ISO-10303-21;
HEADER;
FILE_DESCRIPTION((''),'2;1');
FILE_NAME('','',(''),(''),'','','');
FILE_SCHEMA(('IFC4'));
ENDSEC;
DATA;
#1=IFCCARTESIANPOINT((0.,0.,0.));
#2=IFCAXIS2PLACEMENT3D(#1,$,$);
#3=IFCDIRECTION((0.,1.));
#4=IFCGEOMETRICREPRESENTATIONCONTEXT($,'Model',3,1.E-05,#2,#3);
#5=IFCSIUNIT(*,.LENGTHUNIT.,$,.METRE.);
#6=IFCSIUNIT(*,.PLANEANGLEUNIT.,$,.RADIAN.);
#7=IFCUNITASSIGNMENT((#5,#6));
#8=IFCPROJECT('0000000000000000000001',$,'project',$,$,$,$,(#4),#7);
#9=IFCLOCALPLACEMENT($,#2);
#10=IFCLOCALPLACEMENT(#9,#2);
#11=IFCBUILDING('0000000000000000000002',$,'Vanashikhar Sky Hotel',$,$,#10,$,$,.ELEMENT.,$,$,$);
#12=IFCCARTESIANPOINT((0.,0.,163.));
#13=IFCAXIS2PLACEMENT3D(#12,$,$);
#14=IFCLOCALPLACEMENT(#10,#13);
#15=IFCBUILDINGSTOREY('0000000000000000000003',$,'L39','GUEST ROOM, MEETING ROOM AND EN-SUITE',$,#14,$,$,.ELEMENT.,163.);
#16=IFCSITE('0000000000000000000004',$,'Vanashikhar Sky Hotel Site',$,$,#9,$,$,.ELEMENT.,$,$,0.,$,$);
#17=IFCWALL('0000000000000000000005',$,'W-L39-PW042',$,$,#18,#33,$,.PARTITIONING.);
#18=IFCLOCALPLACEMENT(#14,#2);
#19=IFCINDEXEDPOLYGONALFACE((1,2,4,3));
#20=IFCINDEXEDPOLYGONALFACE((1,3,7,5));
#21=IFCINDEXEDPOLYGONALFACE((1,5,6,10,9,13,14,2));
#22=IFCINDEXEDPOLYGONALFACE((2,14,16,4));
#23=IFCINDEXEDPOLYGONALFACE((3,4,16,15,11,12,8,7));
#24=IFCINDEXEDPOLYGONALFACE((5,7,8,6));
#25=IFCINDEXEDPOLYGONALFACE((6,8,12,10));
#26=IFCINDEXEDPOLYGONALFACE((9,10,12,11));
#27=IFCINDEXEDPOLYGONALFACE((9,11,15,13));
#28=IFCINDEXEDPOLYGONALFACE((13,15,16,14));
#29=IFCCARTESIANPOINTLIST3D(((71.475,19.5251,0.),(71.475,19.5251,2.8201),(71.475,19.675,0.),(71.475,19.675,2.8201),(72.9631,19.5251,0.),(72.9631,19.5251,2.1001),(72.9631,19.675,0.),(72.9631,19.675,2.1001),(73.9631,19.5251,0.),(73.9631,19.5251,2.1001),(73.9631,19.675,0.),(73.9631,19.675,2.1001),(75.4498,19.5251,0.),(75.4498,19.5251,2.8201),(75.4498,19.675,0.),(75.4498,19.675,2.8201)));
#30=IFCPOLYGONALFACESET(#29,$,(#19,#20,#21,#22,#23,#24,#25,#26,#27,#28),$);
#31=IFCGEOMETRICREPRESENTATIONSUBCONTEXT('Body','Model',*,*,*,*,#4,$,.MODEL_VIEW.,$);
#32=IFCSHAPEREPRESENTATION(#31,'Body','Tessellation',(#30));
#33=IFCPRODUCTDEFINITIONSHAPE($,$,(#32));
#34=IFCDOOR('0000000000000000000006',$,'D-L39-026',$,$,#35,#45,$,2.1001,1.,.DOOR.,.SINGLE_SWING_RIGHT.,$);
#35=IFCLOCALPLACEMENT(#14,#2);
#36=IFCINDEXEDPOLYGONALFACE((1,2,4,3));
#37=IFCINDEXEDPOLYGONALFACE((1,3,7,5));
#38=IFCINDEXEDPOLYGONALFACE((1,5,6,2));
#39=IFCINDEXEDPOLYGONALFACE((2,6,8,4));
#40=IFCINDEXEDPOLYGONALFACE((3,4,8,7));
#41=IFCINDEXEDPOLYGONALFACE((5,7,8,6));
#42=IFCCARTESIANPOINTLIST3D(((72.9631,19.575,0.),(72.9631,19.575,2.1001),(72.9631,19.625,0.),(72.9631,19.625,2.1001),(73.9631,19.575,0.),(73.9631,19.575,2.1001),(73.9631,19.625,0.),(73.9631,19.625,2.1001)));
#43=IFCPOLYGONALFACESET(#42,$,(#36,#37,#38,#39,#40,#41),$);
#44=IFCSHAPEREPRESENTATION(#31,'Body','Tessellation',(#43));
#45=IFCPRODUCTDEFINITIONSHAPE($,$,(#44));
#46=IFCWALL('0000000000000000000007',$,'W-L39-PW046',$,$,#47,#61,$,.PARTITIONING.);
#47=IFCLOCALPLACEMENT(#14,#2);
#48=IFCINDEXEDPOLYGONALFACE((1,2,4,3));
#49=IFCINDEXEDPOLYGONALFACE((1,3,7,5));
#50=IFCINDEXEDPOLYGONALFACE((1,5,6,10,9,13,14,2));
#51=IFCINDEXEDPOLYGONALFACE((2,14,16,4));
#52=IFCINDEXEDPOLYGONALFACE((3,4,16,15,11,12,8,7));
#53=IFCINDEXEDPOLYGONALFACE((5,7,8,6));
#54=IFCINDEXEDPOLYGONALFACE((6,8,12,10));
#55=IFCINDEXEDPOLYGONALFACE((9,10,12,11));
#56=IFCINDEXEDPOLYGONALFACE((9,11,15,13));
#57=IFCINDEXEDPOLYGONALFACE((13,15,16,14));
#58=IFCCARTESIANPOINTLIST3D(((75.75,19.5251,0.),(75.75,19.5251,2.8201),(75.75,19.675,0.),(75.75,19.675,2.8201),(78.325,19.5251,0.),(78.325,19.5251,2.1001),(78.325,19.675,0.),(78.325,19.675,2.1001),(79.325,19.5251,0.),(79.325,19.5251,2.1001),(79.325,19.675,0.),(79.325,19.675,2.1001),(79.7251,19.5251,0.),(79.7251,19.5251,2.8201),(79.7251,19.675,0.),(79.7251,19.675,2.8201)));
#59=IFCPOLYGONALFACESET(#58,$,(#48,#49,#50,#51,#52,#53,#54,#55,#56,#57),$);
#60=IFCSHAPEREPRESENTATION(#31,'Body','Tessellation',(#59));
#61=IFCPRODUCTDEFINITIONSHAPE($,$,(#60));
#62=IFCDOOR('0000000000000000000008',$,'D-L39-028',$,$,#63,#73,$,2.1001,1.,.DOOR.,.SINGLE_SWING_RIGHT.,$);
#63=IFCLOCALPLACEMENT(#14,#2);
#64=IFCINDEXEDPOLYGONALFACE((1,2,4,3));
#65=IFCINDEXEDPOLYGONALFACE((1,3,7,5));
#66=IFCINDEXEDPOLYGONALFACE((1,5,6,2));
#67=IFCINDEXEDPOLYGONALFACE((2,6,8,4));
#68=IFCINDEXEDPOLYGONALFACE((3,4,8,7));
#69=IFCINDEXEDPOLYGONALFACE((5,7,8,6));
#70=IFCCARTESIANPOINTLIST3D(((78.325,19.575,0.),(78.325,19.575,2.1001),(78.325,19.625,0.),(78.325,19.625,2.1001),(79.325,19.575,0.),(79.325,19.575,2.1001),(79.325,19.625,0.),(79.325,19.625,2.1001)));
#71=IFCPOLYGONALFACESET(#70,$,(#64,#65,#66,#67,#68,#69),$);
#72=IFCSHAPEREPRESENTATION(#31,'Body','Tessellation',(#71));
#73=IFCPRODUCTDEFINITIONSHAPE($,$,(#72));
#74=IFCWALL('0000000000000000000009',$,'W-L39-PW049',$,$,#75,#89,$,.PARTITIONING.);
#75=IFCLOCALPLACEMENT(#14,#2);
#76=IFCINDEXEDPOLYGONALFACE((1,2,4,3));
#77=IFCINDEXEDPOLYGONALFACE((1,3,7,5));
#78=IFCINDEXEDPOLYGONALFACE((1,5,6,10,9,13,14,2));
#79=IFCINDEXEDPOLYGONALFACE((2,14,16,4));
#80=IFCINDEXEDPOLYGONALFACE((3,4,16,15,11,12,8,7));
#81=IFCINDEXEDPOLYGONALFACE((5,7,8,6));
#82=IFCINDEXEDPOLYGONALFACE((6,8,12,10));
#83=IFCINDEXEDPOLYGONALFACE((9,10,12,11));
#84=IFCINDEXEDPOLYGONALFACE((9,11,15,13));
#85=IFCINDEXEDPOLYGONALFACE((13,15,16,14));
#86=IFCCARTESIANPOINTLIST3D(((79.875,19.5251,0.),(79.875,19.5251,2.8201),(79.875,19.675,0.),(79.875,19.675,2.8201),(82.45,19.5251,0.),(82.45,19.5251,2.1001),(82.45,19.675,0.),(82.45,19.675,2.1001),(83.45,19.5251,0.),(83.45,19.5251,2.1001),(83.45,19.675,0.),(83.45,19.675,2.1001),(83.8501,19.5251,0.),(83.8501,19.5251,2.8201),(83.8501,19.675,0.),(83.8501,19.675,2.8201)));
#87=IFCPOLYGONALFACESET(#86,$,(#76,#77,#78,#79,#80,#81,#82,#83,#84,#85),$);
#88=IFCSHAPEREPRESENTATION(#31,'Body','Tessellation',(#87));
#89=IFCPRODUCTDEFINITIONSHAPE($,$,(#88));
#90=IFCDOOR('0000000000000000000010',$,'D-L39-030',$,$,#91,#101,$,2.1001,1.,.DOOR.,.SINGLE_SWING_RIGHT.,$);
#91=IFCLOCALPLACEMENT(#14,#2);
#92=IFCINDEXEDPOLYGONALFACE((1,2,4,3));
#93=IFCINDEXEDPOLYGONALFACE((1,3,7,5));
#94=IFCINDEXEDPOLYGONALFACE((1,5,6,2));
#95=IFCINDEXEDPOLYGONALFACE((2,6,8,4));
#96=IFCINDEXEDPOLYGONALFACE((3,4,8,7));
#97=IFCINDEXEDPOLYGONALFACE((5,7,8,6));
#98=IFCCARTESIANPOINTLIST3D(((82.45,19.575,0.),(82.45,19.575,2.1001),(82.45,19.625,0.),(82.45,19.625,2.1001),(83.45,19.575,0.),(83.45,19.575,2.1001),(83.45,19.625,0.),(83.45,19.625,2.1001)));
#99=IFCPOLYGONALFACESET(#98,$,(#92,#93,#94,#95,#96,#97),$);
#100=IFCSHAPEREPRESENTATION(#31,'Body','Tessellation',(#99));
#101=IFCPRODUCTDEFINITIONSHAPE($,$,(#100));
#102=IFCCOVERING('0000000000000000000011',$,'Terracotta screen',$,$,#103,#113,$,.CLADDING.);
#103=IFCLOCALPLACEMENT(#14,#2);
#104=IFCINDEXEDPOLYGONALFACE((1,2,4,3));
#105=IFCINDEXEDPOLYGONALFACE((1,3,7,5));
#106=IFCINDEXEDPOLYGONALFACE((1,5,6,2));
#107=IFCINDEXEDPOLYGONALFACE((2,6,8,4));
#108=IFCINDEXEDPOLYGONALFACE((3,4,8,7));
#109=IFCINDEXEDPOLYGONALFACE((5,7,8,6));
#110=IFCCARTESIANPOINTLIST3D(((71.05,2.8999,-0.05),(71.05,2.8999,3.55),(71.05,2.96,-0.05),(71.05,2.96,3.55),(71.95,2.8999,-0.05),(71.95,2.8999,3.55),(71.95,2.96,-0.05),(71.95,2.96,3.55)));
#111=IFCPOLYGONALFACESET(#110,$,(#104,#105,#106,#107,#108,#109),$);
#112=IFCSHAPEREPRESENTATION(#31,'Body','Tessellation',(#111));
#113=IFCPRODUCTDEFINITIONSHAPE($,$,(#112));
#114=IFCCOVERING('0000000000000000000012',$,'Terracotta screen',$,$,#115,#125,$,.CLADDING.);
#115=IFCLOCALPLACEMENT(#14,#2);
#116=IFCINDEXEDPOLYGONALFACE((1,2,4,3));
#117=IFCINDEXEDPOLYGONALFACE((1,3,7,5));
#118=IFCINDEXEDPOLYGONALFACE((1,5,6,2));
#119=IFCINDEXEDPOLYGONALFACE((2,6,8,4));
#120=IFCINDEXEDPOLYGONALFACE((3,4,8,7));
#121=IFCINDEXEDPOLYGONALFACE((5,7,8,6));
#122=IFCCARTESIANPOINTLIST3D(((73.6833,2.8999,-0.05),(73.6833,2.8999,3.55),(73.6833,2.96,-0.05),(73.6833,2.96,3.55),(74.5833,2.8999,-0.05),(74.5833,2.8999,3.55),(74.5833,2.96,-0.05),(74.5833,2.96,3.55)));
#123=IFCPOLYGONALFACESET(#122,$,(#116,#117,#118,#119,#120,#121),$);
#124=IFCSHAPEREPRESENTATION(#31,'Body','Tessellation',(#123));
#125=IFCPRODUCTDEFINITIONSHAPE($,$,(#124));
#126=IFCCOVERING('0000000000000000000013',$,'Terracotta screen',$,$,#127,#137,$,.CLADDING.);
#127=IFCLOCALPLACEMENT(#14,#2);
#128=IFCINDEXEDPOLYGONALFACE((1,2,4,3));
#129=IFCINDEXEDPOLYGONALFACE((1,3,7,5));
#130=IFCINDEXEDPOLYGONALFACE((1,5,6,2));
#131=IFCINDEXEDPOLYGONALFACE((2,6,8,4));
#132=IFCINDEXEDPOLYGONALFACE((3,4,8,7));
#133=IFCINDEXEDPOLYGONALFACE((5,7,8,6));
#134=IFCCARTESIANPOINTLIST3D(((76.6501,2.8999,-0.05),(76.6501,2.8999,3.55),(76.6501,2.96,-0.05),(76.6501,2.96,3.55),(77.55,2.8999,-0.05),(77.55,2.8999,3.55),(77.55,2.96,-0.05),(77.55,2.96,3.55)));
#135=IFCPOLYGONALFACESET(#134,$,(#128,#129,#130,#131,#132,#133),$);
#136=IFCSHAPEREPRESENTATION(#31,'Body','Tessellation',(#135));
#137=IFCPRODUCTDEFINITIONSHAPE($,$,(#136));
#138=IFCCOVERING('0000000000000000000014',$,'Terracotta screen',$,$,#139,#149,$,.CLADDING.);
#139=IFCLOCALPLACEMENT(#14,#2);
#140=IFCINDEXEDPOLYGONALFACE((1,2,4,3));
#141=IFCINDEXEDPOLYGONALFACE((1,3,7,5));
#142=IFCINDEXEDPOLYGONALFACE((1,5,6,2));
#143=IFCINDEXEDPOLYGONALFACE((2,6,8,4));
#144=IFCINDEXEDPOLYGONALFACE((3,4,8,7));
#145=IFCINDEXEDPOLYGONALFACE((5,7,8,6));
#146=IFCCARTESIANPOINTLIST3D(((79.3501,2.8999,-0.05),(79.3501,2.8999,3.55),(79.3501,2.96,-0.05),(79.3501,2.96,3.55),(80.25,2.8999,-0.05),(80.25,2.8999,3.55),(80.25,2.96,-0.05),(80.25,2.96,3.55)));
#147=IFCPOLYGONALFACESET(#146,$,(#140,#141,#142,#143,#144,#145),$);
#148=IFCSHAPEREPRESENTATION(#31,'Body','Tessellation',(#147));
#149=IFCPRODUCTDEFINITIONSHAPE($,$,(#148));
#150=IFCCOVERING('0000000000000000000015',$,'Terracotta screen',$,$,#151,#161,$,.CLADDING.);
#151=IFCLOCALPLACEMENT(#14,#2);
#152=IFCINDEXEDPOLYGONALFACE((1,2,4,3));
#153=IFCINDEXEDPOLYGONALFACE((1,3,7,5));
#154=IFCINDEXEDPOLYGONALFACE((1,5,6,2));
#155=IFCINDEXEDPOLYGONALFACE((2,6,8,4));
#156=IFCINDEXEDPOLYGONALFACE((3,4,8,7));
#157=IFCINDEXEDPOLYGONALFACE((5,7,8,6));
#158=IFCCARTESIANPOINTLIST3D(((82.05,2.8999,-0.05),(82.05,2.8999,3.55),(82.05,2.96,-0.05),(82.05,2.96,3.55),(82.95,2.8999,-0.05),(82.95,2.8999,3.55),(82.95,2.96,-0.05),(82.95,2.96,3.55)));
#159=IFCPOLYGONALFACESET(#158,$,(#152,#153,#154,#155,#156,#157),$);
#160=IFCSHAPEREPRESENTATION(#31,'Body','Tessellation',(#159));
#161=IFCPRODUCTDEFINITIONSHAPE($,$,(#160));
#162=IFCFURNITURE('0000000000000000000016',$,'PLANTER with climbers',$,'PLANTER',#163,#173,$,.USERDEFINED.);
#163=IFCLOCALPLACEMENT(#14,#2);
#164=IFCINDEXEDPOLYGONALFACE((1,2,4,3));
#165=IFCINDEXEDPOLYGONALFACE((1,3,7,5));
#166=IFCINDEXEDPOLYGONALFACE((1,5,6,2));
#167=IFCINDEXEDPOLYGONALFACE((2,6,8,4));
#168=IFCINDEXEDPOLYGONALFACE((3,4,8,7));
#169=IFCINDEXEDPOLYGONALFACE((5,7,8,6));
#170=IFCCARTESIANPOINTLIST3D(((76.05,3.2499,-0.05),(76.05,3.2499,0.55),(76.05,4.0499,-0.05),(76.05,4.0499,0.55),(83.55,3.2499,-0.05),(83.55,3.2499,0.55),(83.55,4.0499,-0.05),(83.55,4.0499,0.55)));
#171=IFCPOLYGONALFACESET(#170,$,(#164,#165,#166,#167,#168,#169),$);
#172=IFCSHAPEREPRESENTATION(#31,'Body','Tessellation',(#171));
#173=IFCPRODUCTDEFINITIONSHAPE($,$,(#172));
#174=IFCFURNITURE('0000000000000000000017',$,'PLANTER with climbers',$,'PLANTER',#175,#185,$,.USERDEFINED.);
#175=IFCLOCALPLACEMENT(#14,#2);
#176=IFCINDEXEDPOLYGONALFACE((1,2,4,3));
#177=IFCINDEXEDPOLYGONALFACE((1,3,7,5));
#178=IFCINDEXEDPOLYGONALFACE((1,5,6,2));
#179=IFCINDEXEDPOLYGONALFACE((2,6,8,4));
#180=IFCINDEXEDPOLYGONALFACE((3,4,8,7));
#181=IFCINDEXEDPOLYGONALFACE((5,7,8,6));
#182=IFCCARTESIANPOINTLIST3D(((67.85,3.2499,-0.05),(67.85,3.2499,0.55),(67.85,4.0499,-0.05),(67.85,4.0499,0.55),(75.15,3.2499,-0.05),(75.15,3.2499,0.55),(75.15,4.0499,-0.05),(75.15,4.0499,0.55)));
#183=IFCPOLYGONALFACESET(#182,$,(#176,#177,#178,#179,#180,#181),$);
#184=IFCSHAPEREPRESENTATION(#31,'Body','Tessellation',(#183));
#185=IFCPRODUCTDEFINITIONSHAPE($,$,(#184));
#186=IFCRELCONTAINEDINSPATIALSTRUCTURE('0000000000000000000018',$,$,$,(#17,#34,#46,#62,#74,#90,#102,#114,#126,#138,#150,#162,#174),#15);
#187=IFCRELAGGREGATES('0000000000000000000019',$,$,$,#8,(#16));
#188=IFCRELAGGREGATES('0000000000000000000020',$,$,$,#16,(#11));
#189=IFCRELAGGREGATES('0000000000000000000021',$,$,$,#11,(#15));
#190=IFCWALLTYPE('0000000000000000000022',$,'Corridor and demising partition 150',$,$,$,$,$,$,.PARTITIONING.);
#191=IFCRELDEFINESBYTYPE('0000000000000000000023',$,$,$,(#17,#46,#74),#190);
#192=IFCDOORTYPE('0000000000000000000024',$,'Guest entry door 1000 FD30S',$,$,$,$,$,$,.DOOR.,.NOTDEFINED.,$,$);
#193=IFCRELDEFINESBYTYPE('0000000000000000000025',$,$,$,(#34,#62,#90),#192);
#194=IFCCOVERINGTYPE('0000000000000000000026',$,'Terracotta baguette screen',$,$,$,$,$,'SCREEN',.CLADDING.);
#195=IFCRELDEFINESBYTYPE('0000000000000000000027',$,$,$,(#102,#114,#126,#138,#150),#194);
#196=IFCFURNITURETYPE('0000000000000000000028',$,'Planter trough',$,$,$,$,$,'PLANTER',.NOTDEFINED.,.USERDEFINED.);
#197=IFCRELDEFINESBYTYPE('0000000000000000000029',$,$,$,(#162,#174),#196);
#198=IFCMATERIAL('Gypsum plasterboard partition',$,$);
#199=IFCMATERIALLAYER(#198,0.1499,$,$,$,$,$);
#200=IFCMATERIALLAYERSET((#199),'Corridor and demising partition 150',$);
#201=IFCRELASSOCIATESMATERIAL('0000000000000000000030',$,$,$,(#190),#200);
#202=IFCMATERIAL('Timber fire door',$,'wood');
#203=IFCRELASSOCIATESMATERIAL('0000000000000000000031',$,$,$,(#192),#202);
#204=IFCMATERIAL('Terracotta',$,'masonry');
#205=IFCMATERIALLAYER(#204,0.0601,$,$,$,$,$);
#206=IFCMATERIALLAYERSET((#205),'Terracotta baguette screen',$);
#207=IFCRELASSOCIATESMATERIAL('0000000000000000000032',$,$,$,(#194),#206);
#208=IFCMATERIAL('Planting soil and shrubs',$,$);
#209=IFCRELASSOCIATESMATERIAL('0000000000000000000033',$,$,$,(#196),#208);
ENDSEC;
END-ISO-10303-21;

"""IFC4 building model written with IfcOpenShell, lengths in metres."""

from ifc_helpers import new_model, si_unit, direction, frame, frame_2d, origin, origin_2d, place, context, subcontext, project, spatial, rectangle, extrude, source, transform, mapped, material, layer, layer_set, type_object, element, fill, save


model = new_model("IFC4")

# Units and contexts
model_context = context("Model", 3, precision=1e-05, world=origin(), true_north=direction((0.0, 1.0)))
body_context = subcontext(model_context, "Body", "Model", "MODEL_VIEW")
ifc_project = project(units=[si_unit("LENGTHUNIT", "METRE"), si_unit("PLANEANGLEUNIT", "RADIAN")], contexts=[model_context])

# Site, building, storey
site_placement = place(None, origin())
site = spatial("IfcSite", under=ifc_project, at=site_placement, Name="Vanashikhar Sky Hotel Site", CompositionType="ELEMENT", RefElevation=0.0)
building_placement = place(site_placement, origin())
building = spatial("IfcBuilding", under=site, at=building_placement, Name="Vanashikhar Sky Hotel", CompositionType="ELEMENT")
storey_placement = place(building_placement, frame((0.0, 0.0, 163.0)))
storey = spatial("IfcBuildingStorey", under=building, at=storey_placement, Name="L39", Description="GUEST ROOM, MEETING ROOM AND EN-SUITE", CompositionType="ELEMENT", Elevation=163.0)

# Shared definitions
ifc_material_1 = material(Name="Gypsum plasterboard partition")
ifc_layer_1 = layer(ifc_material_1, 0.1499)
ifc_layer_set_1 = layer_set([ifc_layer_1], Name="Corridor and demising partition 150")
wall_type_1 = type_object("IfcWallType", Name="Corridor and demising partition 150", PredefinedType="PARTITIONING", material=ifc_layer_set_1)

# Walls, openings, doors
shared_shape_1 = source(origin(), body_context, "Body", "SweptSolid", [
    extrude(rectangle(XDim=3.9749, YDim=0.1499, at=frame_2d((1.9873, 0.0))), origin(), (0.0, 0.0, 1.0), 2.8201),
])
wall_1_placement = place(storey_placement, frame((71.4751, 19.6001, 0.0), z_axis=(0.0, 0.0, 1.0), x_axis=(1.0, 0.0, 0.0)))
wall_1 = element("IfcWall", 1, at=wall_1_placement, inside=storey, type_object=wall_type_1, Name="W-L39-PW042", PredefinedType="PARTITIONING", context=body_context, shape_type="MappedRepresentation", body=[
    mapped(shared_shape_1, transform((0.0, 0.0, 0.0), scale=1.0)),
])
shared_shape_2 = source(origin(), body_context, "Body", "SweptSolid", [
    extrude(rectangle(XDim=1.0, YDim=2.1001, at=frame_2d((0.5, 1.05))), frame((0.0, 0.085, 0.0), z_axis=(0.0, -1.0, 0.0), x_axis=(1.0, 0.0, 0.0)), (0.0, 0.0, 1.0), 0.1699),
])
opening_1_placement = place(wall_1_placement, frame((1.488, 0.0, 0.0)))
opening_1 = element("IfcOpeningElement", 2, at=opening_1_placement, cuts=wall_1, PredefinedType="OPENING", context=body_context, shape_type="MappedRepresentation", body=[
    mapped(shared_shape_2, transform((0.0, 0.0, 0.0), scale=1.0)),
])
ifc_material_2 = material(Name="Timber fire door", Category="wood")
door_type_1 = type_object("IfcDoorType", Name="Guest entry door 1000 FD30S", OperationType="NOTDEFINED", PredefinedType="DOOR", material=ifc_material_2)
shared_shape_3 = source(origin(), body_context, "Body", "SweptSolid", [
    extrude(rectangle(XDim=1.0, YDim=2.1001, at=frame_2d((0.5, 1.05))), frame((0.0, 0.0249, 0.0), z_axis=(0.0, -1.0, 0.0), x_axis=(1.0, 0.0, 0.0)), (0.0, 0.0, 1.0), 0.05),
])
door_1_placement = place(opening_1_placement, origin())
door_1 = element("IfcDoor", 3, at=door_1_placement, inside=storey, type_object=door_type_1, Name="D-L39-026", OperationType="SINGLE_SWING_RIGHT", OverallHeight=2.1001, OverallWidth=1.0, PredefinedType="DOOR", context=body_context, shape_type="MappedRepresentation", body=[
    mapped(shared_shape_3, transform((0.0, 0.0, 0.0), scale=1.0)),
])
fill(opening_1, door_1)
shared_shape_4 = source(origin(), body_context, "Body", "SweptSolid", [
    extrude(rectangle(XDim=3.9751, YDim=0.1499, at=frame_2d((1.9875, 0.0))), origin(), (0.0, 0.0, 1.0), 2.8201),
])
wall_2_placement = place(storey_placement, frame((75.75, 19.6001, 0.0), z_axis=(0.0, 0.0, 1.0), x_axis=(1.0, 0.0, 0.0)))
wall_2 = element("IfcWall", 4, at=wall_2_placement, inside=storey, type_object=wall_type_1, Name="W-L39-PW046", PredefinedType="PARTITIONING", context=body_context, shape_type="MappedRepresentation", body=[
    mapped(shared_shape_4, transform((0.0, 0.0, 0.0), scale=1.0)),
])
opening_2_placement = place(wall_2_placement, frame((2.575, 0.0, 0.0)))
opening_2 = element("IfcOpeningElement", 5, at=opening_2_placement, cuts=wall_2, PredefinedType="OPENING", context=body_context, shape_type="MappedRepresentation", body=[
    mapped(shared_shape_2, transform((0.0, 0.0, 0.0), scale=1.0)),
])
door_2_placement = place(opening_2_placement, origin())
door_2 = element("IfcDoor", 6, at=door_2_placement, inside=storey, type_object=door_type_1, Name="D-L39-028", OperationType="SINGLE_SWING_RIGHT", OverallHeight=2.1001, OverallWidth=1.0, PredefinedType="DOOR", context=body_context, shape_type="MappedRepresentation", body=[
    mapped(shared_shape_3, transform((0.0, 0.0, 0.0), scale=1.0)),
])
fill(opening_2, door_2)
wall_3_placement = place(storey_placement, frame((79.875, 19.6001, 0.0), z_axis=(0.0, 0.0, 1.0), x_axis=(1.0, 0.0, 0.0)))
wall_3 = element("IfcWall", 7, at=wall_3_placement, inside=storey, type_object=wall_type_1, Name="W-L39-PW049", PredefinedType="PARTITIONING", context=body_context, shape_type="MappedRepresentation", body=[
    mapped(shared_shape_4, transform((0.0, 0.0, 0.0), scale=1.0)),
])
opening_3_placement = place(wall_3_placement, frame((2.575, 0.0, 0.0)))
opening_3 = element("IfcOpeningElement", 8, at=opening_3_placement, cuts=wall_3, PredefinedType="OPENING", context=body_context, shape_type="MappedRepresentation", body=[
    mapped(shared_shape_2, transform((0.0, 0.0, 0.0), scale=1.0)),
])
door_3_placement = place(opening_3_placement, origin())
door_3 = element("IfcDoor", 9, at=door_3_placement, inside=storey, type_object=door_type_1, Name="D-L39-030", OperationType="SINGLE_SWING_RIGHT", OverallHeight=2.1001, OverallWidth=1.0, PredefinedType="DOOR", context=body_context, shape_type="MappedRepresentation", body=[
    mapped(shared_shape_3, transform((0.0, 0.0, 0.0), scale=1.0)),
])
fill(opening_3, door_3)

# Coverings
ifc_material_3 = material(Name="Terracotta", Category="masonry")
ifc_layer_2 = layer(ifc_material_3, 0.0601)
ifc_layer_set_2 = layer_set([ifc_layer_2], Name="Terracotta baguette screen")
covering_type = type_object("IfcCoveringType", Name="Terracotta baguette screen", ElementType="SCREEN", PredefinedType="CLADDING", material=ifc_layer_set_2)
shared_shape_5 = source(origin(), body_context, "Body", "SweptSolid", [
    extrude(rectangle(XDim=0.8999, YDim=0.0601, at=origin_2d()), origin(), (0.0, 0.0, 1.0), 3.6001),
])
for number, where, z_axis, x_axis, name in (
    (10, (71.5, 2.9299, -0.05), (0.0, 0.0, 1.0), (1.0, 0.0, 0.0), "Terracotta screen"),
    (11, (74.1333, 2.9299, -0.05), (0.0, 0.0, 1.0), (1.0, 0.0, 0.0), "Terracotta screen"),
    (12, (77.1001, 2.9299, -0.05), (0.0, 0.0, 1.0), (1.0, 0.0, 0.0), "Terracotta screen"),
    (13, (79.8, 2.9299, -0.05), (0.0, 0.0, 1.0), (1.0, 0.0, 0.0), "Terracotta screen"),
    (14, (82.5, 2.9299, -0.05), (0.0, 0.0, 1.0), (1.0, 0.0, 0.0), "Terracotta screen"),
):
    element("IfcCovering", number, at=place(storey_placement, frame(where, z_axis=z_axis, x_axis=x_axis)), inside=storey, type_object=covering_type, Name=name, PredefinedType="CLADDING", context=body_context, shape_type="MappedRepresentation", body=[
        mapped(shared_shape_5, transform((0.0, 0.0, 0.0), scale=1.0)),
    ])

# Furniture
ifc_material_4 = material(Name="Planting soil and shrubs")
furniture_type = type_object("IfcFurnitureType", Name="Planter trough", ElementType="PLANTER", AssemblyPlace="NOTDEFINED", PredefinedType="USERDEFINED", material=ifc_material_4)
shared_shape_6 = source(origin(), body_context, "Body", "SweptSolid", [
    extrude(rectangle(XDim=7.5, YDim=0.8, at=origin_2d()), origin(), (0.0, 0.0, 1.0), 0.6001),
])
furniture_1_placement = place(storey_placement, frame((79.8, 3.6499, -0.05), z_axis=(0.0, 0.0, 1.0), x_axis=(1.0, 0.0, 0.0)))
element("IfcFurniture", 15, at=furniture_1_placement, inside=storey, type_object=furniture_type, Name="PLANTER with climbers", ObjectType="PLANTER", PredefinedType="USERDEFINED", context=body_context, shape_type="MappedRepresentation", body=[
    mapped(shared_shape_6, transform((0.0, 0.0, 0.0), scale=1.0)),
])
shared_shape_7 = source(origin(), body_context, "Body", "SweptSolid", [
    extrude(rectangle(XDim=7.3, YDim=0.8, at=origin_2d()), origin(), (0.0, 0.0, 1.0), 0.6001),
])
furniture_2_placement = place(storey_placement, frame((71.5, 3.6499, -0.05), z_axis=(0.0, 0.0, 1.0), x_axis=(1.0, 0.0, 0.0)))
element("IfcFurniture", 16, at=furniture_2_placement, inside=storey, type_object=furniture_type, Name="PLANTER with climbers", ObjectType="PLANTER", PredefinedType="USERDEFINED", context=body_context, shape_type="MappedRepresentation", body=[
    mapped(shared_shape_7, transform((0.0, 0.0, 0.0), scale=1.0)),
])

save(model, "model.ifc")
